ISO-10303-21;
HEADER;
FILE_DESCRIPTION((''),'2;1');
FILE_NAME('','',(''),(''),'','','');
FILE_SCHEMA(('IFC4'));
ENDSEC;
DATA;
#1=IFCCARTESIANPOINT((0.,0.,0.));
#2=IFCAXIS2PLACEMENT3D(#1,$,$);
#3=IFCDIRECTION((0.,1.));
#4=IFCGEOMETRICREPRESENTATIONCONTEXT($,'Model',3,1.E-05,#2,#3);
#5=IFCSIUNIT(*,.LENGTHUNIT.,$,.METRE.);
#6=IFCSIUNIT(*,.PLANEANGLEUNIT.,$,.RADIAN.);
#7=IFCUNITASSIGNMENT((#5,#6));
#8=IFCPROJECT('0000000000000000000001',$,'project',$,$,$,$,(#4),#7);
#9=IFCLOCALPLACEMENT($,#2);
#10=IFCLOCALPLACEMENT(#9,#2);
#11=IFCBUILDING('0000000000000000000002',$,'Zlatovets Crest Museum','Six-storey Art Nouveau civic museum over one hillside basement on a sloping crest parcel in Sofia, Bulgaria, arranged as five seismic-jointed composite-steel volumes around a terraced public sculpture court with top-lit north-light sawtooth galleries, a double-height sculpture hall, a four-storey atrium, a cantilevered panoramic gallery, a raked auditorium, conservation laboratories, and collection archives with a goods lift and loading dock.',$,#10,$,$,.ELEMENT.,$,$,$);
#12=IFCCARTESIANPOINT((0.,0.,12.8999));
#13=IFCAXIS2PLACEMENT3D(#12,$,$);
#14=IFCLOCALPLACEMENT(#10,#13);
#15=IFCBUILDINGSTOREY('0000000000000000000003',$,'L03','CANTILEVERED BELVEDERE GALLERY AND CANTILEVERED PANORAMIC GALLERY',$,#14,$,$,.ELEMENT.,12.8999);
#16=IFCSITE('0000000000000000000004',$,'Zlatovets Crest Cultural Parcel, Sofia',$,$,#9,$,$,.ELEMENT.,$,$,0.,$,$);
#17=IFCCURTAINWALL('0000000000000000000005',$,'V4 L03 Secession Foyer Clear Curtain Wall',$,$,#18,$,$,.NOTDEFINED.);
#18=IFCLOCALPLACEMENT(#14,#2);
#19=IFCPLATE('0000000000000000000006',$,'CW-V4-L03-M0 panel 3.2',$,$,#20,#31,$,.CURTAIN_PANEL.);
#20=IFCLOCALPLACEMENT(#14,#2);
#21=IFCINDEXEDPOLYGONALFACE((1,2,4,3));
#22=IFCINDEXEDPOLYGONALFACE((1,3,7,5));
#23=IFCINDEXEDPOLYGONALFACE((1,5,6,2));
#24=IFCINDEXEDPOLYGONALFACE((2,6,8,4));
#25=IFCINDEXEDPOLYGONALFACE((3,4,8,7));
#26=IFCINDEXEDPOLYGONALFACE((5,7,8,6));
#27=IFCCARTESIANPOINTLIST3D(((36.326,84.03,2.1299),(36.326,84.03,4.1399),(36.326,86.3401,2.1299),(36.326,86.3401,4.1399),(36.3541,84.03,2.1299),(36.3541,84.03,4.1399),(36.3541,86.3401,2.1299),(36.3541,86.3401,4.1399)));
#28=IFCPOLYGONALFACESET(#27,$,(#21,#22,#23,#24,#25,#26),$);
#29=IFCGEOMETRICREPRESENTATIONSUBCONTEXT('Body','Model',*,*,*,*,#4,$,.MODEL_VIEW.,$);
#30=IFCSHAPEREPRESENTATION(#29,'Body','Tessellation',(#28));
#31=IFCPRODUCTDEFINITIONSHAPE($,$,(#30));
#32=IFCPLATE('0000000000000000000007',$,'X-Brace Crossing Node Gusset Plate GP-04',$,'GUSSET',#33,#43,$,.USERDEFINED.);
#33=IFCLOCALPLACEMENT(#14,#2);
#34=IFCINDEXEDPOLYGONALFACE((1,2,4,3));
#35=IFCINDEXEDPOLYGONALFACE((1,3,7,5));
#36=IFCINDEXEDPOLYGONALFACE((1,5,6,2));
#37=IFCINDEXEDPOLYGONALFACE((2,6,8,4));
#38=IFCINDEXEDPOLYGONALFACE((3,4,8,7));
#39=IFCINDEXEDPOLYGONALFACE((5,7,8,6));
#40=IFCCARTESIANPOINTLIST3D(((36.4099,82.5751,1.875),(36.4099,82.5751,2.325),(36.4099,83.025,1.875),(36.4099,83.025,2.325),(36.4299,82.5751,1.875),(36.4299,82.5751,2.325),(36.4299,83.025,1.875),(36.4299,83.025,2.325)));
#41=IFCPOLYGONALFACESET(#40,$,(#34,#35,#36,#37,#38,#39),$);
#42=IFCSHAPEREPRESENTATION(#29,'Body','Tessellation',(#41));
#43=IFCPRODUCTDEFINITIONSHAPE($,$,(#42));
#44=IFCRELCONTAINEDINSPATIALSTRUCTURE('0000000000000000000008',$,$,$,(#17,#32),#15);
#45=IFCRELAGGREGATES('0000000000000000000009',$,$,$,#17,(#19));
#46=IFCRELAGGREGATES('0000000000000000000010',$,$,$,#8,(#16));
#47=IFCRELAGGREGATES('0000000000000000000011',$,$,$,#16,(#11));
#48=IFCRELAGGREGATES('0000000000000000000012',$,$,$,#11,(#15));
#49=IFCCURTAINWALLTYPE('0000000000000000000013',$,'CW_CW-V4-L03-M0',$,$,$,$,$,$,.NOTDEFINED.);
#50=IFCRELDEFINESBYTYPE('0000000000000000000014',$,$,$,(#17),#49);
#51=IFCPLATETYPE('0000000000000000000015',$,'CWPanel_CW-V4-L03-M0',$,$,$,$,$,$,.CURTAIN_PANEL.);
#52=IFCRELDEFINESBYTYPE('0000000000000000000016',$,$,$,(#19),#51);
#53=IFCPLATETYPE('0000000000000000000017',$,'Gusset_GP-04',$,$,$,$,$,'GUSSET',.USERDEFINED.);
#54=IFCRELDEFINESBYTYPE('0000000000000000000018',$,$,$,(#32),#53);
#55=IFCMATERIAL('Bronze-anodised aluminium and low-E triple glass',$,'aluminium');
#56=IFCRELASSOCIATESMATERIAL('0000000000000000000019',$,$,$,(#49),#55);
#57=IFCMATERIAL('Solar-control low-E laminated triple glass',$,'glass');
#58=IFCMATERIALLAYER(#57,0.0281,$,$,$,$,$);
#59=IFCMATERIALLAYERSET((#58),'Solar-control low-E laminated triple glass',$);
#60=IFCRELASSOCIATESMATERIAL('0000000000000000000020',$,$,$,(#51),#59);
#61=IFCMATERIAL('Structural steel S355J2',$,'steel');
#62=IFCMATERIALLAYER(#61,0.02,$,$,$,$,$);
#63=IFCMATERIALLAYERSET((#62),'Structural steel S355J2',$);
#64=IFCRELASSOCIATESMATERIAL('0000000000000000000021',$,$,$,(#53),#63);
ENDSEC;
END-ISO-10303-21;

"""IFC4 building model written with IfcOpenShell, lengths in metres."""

from ifc_helpers import new_model, si_unit, direction, frame, origin, origin_2d, place, context, subcontext, project, spatial, rectangle, extrude, material, layer, layer_set, type_object, element, aggregate, save


model = new_model("IFC4")

# Units and contexts
model_context = context("Model", 3, precision=1e-05, world=origin(), true_north=direction((0.0, 1.0)))
body_context = subcontext(model_context, "Body", "Model", "MODEL_VIEW")
ifc_project = project(units=[si_unit("LENGTHUNIT", "METRE"), si_unit("PLANEANGLEUNIT", "RADIAN")], contexts=[model_context])

# Site, building, storey
site_placement = place(None, origin())
site = spatial("IfcSite", under=ifc_project, at=site_placement, Name="Zlatovets Crest Cultural Parcel, Sofia", CompositionType="ELEMENT", RefElevation=0.0)
building_placement = place(site_placement, origin())
building = spatial("IfcBuilding", under=site, at=building_placement, Name="Zlatovets Crest Museum", Description="Six-storey Art Nouveau civic museum over one hillside basement on a sloping crest parcel in Sofia, Bulgaria, arranged as five seismic-jointed composite-steel volumes around a terraced public sculpture court with top-lit north-light sawtooth galleries, a double-height sculpture hall, a four-storey atrium, a cantilevered panoramic gallery, a raked auditorium, conservation laboratories, and collection archives with a goods lift and loading dock.", CompositionType="ELEMENT")
storey_placement = place(building_placement, frame((0.0, 0.0, 12.8999)))
storey = spatial("IfcBuildingStorey", under=building, at=storey_placement, Name="L03", Description="CANTILEVERED BELVEDERE GALLERY AND CANTILEVERED PANORAMIC GALLERY", CompositionType="ELEMENT", Elevation=12.8999)

# Shared definitions
ifc_material_1 = material(Name="Structural steel S355J2", Category="steel")

# Curtain wall
ifc_material_2 = material(Name="Bronze-anodised aluminium and low-E triple glass", Category="aluminium")
curtain_wall_type_1 = type_object("IfcCurtainWallType", Name="CW_CW-V4-L03-M0", PredefinedType="NOTDEFINED", material=ifc_material_2)
curtain_wall_1_placement = place(storey_placement, origin())
curtain_wall_1 = element("IfcCurtainWall", 1, at=curtain_wall_1_placement, inside=storey, type_object=curtain_wall_type_1, Name="V4 L03 Secession Foyer Clear Curtain Wall", PredefinedType="NOTDEFINED")

# Plates
ifc_material_3 = material(Name="Solar-control low-E laminated triple glass", Category="glass")
ifc_layer_1 = layer(ifc_material_3, 0.0281)
ifc_layer_set_1 = layer_set([ifc_layer_1], Name="Solar-control low-E laminated triple glass")
plate_type_1 = type_object("IfcPlateType", Name="CWPanel_CW-V4-L03-M0", PredefinedType="CURTAIN_PANEL", material=ifc_layer_set_1)
plate_1_placement = place(storey_placement, frame((36.3401, 85.1851, 2.1299), z_axis=(0.0, 0.0, 1.0), x_axis=(0.0, 1.0, 0.0)))
plate_1 = element("IfcPlate", 2, at=plate_1_placement, type_object=plate_type_1, Name="CW-V4-L03-M0 panel 3.2", PredefinedType="CURTAIN_PANEL", context=body_context, shape_type="SweptSolid", body=[
    extrude(rectangle(XDim=2.3101, YDim=0.0281, at=origin_2d()), origin(), (0.0, 0.0, 1.0), 2.01),
])
aggregate(curtain_wall_1, [plate_1])
ifc_layer_2 = layer(ifc_material_1, 0.02)
ifc_layer_set_2 = layer_set([ifc_layer_2], Name="Structural steel S355J2")
plate_type_2 = type_object("IfcPlateType", Name="Gusset_GP-04", ElementType="GUSSET", PredefinedType="USERDEFINED", material=ifc_layer_set_2)
plate_2_placement = place(storey_placement, frame((36.4199, 82.8, 1.875), z_axis=(0.0, 0.0, 1.0), x_axis=(1.0, 0.0, 0.0)))
element("IfcPlate", 3, at=plate_2_placement, inside=storey, type_object=plate_type_2, Name="X-Brace Crossing Node Gusset Plate GP-04", ObjectType="GUSSET", PredefinedType="USERDEFINED", context=body_context, shape_type="SweptSolid", body=[
    extrude(rectangle(XDim=0.02, YDim=0.45, at=origin_2d()), origin(), (0.0, 0.0, 1.0), 0.45),
])

save(model, "model.ifc")
